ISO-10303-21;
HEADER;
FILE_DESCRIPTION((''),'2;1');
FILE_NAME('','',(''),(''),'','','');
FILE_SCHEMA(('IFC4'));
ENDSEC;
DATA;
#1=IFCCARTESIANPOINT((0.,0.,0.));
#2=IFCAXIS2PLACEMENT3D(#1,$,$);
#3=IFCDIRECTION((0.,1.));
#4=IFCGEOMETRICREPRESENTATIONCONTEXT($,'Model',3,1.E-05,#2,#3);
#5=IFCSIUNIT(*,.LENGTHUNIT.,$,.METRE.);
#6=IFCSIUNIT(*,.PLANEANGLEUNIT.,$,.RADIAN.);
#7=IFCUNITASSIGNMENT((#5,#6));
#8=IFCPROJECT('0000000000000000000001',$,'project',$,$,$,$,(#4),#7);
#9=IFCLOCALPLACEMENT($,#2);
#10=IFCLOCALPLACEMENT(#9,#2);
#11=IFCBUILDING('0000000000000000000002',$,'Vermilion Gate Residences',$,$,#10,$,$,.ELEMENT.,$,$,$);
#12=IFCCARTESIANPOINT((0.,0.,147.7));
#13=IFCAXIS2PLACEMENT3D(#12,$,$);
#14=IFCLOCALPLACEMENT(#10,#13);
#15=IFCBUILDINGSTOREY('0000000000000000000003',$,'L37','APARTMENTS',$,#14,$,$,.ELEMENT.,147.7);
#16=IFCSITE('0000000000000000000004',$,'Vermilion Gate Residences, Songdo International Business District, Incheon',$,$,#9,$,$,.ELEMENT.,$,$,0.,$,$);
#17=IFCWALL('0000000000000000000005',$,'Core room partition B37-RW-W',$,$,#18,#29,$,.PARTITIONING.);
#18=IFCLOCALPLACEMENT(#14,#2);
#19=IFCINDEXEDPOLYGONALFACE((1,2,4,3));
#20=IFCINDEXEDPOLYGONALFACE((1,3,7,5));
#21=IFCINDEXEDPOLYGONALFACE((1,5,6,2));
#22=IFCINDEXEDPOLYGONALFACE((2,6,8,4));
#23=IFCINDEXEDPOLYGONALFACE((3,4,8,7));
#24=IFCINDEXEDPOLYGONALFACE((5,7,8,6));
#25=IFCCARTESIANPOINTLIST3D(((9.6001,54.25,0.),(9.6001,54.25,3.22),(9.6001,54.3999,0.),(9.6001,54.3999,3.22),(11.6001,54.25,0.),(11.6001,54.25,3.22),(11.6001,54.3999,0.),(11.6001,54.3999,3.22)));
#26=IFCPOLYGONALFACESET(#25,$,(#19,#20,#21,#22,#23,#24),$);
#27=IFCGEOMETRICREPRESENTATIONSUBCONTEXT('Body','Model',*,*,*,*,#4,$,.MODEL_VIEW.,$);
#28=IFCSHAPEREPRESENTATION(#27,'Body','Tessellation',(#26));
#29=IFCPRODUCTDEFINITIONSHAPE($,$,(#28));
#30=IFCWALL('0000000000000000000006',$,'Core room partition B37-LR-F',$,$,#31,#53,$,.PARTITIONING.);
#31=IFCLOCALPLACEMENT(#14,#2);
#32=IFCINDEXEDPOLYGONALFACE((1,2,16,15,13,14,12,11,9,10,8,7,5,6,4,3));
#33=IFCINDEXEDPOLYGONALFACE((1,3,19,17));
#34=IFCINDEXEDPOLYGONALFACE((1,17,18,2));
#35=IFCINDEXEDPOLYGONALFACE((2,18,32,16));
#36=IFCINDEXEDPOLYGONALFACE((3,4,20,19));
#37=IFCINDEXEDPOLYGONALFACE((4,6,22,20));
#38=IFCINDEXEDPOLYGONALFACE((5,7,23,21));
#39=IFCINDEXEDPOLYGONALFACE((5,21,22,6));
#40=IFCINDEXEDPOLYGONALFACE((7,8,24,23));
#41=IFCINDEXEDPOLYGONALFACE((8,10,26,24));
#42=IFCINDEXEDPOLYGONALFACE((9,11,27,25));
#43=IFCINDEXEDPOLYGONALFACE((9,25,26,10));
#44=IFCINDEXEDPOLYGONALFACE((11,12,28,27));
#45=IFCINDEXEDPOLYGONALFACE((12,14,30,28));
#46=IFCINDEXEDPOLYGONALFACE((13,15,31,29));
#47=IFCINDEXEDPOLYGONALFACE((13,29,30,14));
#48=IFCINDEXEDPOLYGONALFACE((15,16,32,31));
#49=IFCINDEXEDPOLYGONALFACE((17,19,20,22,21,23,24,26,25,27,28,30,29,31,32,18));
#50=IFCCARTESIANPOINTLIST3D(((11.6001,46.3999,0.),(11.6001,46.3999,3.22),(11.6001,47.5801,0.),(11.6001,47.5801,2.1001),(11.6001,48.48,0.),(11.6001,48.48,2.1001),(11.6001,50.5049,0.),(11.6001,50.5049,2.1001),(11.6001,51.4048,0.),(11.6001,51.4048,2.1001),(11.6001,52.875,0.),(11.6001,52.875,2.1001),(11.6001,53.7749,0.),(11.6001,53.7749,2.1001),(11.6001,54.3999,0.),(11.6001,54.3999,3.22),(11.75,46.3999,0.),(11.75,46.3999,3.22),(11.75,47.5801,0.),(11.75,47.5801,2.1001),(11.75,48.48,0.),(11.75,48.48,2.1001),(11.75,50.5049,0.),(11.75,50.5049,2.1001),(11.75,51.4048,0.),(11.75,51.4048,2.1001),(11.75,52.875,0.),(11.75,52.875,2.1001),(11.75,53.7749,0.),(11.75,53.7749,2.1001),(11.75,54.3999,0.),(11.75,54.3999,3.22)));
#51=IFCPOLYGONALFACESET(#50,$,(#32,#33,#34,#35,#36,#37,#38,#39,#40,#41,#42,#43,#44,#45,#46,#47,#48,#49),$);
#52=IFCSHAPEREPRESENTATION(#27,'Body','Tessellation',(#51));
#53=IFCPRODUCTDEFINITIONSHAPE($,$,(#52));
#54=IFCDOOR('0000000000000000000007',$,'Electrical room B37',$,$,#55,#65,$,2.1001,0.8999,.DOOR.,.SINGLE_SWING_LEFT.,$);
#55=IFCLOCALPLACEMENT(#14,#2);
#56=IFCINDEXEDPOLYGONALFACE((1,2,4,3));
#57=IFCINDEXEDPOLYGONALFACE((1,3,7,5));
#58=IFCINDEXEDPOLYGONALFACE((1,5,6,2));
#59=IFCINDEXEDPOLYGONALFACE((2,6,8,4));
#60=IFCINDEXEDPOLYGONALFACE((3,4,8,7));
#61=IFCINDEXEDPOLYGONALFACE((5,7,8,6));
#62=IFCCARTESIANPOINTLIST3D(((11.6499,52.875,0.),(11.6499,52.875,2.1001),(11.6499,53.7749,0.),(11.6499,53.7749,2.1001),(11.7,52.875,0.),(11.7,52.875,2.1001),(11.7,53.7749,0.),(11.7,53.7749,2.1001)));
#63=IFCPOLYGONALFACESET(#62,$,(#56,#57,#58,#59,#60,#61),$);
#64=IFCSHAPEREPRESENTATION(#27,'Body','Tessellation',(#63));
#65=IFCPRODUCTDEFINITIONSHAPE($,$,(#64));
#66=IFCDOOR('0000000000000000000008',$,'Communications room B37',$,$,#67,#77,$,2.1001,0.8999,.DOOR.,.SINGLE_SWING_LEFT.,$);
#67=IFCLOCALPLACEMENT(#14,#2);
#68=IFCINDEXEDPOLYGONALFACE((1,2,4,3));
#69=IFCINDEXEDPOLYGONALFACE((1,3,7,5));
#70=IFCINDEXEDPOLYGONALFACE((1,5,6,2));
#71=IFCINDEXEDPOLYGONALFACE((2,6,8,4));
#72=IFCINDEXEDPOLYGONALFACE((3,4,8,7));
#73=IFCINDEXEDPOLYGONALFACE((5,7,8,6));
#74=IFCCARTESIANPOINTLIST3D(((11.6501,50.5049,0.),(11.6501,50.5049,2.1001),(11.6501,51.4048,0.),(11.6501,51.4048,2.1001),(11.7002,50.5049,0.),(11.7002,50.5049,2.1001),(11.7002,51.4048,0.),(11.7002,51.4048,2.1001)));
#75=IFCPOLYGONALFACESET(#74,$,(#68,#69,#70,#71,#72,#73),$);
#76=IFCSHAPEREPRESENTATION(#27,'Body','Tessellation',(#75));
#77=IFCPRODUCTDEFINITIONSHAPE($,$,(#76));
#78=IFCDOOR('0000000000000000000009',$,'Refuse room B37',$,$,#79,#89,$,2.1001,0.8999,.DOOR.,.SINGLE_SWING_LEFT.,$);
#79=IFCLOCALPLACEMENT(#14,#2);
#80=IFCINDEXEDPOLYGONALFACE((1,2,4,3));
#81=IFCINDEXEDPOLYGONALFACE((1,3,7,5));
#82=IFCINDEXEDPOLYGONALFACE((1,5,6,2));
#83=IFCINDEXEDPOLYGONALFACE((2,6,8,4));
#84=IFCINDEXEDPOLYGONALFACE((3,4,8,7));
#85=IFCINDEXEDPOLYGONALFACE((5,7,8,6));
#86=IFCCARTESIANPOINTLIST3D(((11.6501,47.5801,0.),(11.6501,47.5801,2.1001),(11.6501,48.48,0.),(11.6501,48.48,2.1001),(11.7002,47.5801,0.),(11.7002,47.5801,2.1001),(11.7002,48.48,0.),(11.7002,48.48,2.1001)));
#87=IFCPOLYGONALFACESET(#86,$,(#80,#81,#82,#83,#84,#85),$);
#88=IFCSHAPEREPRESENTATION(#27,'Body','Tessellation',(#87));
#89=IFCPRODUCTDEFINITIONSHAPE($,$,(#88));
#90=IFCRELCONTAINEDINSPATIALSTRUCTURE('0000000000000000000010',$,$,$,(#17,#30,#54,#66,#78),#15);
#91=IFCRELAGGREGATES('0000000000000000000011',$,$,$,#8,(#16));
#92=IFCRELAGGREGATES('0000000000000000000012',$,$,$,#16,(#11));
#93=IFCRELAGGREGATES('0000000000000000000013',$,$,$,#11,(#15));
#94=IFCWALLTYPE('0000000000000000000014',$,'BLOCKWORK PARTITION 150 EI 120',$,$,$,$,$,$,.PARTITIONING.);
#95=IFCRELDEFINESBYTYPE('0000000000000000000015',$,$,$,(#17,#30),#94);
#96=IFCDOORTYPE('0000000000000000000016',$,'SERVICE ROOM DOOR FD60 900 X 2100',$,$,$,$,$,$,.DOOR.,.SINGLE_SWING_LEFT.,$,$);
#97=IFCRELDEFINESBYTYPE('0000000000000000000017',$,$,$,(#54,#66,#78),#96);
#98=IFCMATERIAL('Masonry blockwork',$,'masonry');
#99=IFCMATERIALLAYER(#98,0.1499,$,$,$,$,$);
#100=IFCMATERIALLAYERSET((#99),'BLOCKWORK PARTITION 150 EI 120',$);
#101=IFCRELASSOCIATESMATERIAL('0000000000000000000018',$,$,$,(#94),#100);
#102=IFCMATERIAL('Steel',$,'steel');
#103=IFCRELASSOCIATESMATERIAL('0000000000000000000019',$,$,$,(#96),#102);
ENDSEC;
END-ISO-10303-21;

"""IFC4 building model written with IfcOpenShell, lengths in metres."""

from ifc_helpers import new_model, si_unit, direction, frame, frame_2d, origin, place, context, subcontext, project, spatial, rectangle, extrude, material, layer, layer_set, type_object, element, fill, save


model = new_model("IFC4")

# Units and contexts
model_context = context("Model", 3, precision=1e-05, world=origin(), true_north=direction((0.0, 1.0)))
body_context = subcontext(model_context, "Body", "Model", "MODEL_VIEW")
ifc_project = project(units=[si_unit("LENGTHUNIT", "METRE"), si_unit("PLANEANGLEUNIT", "RADIAN")], contexts=[model_context])

# Site, building, storey
site_placement = place(None, origin())
site = spatial("IfcSite", under=ifc_project, at=site_placement, Name="Vermilion Gate Residences, Songdo International Business District, Incheon", CompositionType="ELEMENT", RefElevation=0.0)
building_placement = place(site_placement, origin())
building = spatial("IfcBuilding", under=site, at=building_placement, Name="Vermilion Gate Residences", CompositionType="ELEMENT")
storey_placement = place(building_placement, frame((0.0, 0.0, 147.7)))
storey = spatial("IfcBuildingStorey", under=building, at=storey_placement, Name="L37", Description="APARTMENTS", CompositionType="ELEMENT", Elevation=147.7)

# Wall
ifc_material_1 = material(Name="Masonry blockwork", Category="masonry")
ifc_layer_1 = layer(ifc_material_1, 0.1499)
ifc_layer_set_1 = layer_set([ifc_layer_1], Name="BLOCKWORK PARTITION 150 EI 120")
wall_type_1 = type_object("IfcWallType", Name="BLOCKWORK PARTITION 150 EI 120", PredefinedType="PARTITIONING", material=ifc_layer_set_1)
wall_1_placement = place(storey_placement, frame((9.6001, 54.325, 0.0), z_axis=(0.0, 0.0, 1.0), x_axis=(1.0, 0.0, 0.0)))
element("IfcWall", 1, at=wall_1_placement, inside=storey, type_object=wall_type_1, Name="Core room partition B37-RW-W", PredefinedType="PARTITIONING", context=body_context, shape_type="SweptSolid", body=[
    extrude(rectangle(XDim=2.0, YDim=0.1499, at=frame_2d((1.0, 0.0))), origin(), (0.0, 0.0, 1.0), 3.22),
])

# Wall, openings, doors
wall_2_placement = place(storey_placement, frame((11.675, 54.3999, 0.0), z_axis=(0.0, 0.0, 1.0), x_axis=(0.0, -1.0, 0.0)))
wall_2 = element("IfcWall", 2, at=wall_2_placement, inside=storey, type_object=wall_type_1, Name="Core room partition B37-LR-F", PredefinedType="PARTITIONING", context=body_context, shape_type="SweptSolid", body=[
    extrude(rectangle(XDim=8.0, YDim=0.1499, at=frame_2d((4.0, 0.0))), origin(), (0.0, 0.0, 1.0), 3.22),
])
opening_1_placement = place(wall_2_placement, frame((0.625, 0.0, 0.0)))
opening_1 = element("IfcOpeningElement", 3, at=opening_1_placement, cuts=wall_2, PredefinedType="OPENING", context=body_context, shape_type="SweptSolid", body=[
    extrude(rectangle(XDim=0.8999, YDim=2.1001, at=frame_2d((0.45, 1.05))), frame((0.0, 0.085, 0.0), z_axis=(0.0, -1.0, 0.0), x_axis=(1.0, 0.0, 0.0)), (0.0, 0.0, 1.0), 0.1699),
])
opening_2_placement = place(wall_2_placement, frame((2.9951, 0.0, 0.0)))
opening_2 = element("IfcOpeningElement", 4, at=opening_2_placement, cuts=wall_2, PredefinedType="OPENING", context=body_context, shape_type="SweptSolid", body=[
    extrude(rectangle(XDim=0.8999, YDim=2.1001, at=frame_2d((0.45, 1.05))), frame((0.0, 0.085, 0.0), z_axis=(0.0, -1.0, 0.0), x_axis=(1.0, 0.0, 0.0)), (0.0, 0.0, 1.0), 0.1699),
])
opening_3_placement = place(wall_2_placement, frame((5.9199, 0.0, 0.0)))
opening_3 = element("IfcOpeningElement", 5, at=opening_3_placement, cuts=wall_2, PredefinedType="OPENING", context=body_context, shape_type="SweptSolid", body=[
    extrude(rectangle(XDim=0.8999, YDim=2.1001, at=frame_2d((0.45, 1.05))), frame((0.0, 0.085, 0.0), z_axis=(0.0, -1.0, 0.0), x_axis=(1.0, 0.0, 0.0)), (0.0, 0.0, 1.0), 0.1699),
])
ifc_material_2 = material(Name="Steel", Category="steel")
door_type = type_object("IfcDoorType", Name="SERVICE ROOM DOOR FD60 900 X 2100", OperationType="SINGLE_SWING_LEFT", PredefinedType="DOOR", material=ifc_material_2)
door_1_placement = place(opening_1_placement, origin())
door_1 = element("IfcDoor", 6, at=door_1_placement, inside=storey, type_object=door_type, Name="Electrical room B37", OperationType="SINGLE_SWING_LEFT", OverallHeight=2.1001, OverallWidth=0.8999, PredefinedType="DOOR", context=body_context, shape_type="SweptSolid", body=[
    extrude(rectangle(XDim=0.8999, YDim=2.1001, at=frame_2d((0.45, 1.05))), frame((0.0, 0.0249, 0.0), z_axis=(0.0, -1.0, 0.0), x_axis=(1.0, 0.0, 0.0)), (0.0, 0.0, 1.0), 0.05),
])
fill(opening_1, door_1)
door_2_placement = place(opening_2_placement, frame((0.8999, 0.0, 0.0), z_axis=(0.0, 0.0, 1.0), x_axis=(-1.0, 0.0, 0.0)))
door_2 = element("IfcDoor", 7, at=door_2_placement, inside=storey, type_object=door_type, Name="Communications room B37", OperationType="SINGLE_SWING_LEFT", OverallHeight=2.1001, OverallWidth=0.8999, PredefinedType="DOOR", context=body_context, shape_type="SweptSolid", body=[
    extrude(rectangle(XDim=0.8999, YDim=2.1001, at=frame_2d((0.45, 1.05))), frame((0.0, 0.0249, 0.0), z_axis=(0.0, -1.0, 0.0), x_axis=(1.0, 0.0, 0.0)), (0.0, 0.0, 1.0), 0.05),
])
fill(opening_2, door_2)
door_3_placement = place(opening_3_placement, frame((0.8999, 0.0, 0.0), z_axis=(0.0, 0.0, 1.0), x_axis=(-1.0, 0.0, 0.0)))
door_3 = element("IfcDoor", 8, at=door_3_placement, inside=storey, type_object=door_type, Name="Refuse room B37", OperationType="SINGLE_SWING_LEFT", OverallHeight=2.1001, OverallWidth=0.8999, PredefinedType="DOOR", context=body_context, shape_type="SweptSolid", body=[
    extrude(rectangle(XDim=0.8999, YDim=2.1001, at=frame_2d((0.45, 1.05))), frame((0.0, 0.0249, 0.0), z_axis=(0.0, -1.0, 0.0), x_axis=(1.0, 0.0, 0.0)), (0.0, 0.0, 1.0), 0.05),
])
fill(opening_3, door_3)

save(model, "model.ifc")
